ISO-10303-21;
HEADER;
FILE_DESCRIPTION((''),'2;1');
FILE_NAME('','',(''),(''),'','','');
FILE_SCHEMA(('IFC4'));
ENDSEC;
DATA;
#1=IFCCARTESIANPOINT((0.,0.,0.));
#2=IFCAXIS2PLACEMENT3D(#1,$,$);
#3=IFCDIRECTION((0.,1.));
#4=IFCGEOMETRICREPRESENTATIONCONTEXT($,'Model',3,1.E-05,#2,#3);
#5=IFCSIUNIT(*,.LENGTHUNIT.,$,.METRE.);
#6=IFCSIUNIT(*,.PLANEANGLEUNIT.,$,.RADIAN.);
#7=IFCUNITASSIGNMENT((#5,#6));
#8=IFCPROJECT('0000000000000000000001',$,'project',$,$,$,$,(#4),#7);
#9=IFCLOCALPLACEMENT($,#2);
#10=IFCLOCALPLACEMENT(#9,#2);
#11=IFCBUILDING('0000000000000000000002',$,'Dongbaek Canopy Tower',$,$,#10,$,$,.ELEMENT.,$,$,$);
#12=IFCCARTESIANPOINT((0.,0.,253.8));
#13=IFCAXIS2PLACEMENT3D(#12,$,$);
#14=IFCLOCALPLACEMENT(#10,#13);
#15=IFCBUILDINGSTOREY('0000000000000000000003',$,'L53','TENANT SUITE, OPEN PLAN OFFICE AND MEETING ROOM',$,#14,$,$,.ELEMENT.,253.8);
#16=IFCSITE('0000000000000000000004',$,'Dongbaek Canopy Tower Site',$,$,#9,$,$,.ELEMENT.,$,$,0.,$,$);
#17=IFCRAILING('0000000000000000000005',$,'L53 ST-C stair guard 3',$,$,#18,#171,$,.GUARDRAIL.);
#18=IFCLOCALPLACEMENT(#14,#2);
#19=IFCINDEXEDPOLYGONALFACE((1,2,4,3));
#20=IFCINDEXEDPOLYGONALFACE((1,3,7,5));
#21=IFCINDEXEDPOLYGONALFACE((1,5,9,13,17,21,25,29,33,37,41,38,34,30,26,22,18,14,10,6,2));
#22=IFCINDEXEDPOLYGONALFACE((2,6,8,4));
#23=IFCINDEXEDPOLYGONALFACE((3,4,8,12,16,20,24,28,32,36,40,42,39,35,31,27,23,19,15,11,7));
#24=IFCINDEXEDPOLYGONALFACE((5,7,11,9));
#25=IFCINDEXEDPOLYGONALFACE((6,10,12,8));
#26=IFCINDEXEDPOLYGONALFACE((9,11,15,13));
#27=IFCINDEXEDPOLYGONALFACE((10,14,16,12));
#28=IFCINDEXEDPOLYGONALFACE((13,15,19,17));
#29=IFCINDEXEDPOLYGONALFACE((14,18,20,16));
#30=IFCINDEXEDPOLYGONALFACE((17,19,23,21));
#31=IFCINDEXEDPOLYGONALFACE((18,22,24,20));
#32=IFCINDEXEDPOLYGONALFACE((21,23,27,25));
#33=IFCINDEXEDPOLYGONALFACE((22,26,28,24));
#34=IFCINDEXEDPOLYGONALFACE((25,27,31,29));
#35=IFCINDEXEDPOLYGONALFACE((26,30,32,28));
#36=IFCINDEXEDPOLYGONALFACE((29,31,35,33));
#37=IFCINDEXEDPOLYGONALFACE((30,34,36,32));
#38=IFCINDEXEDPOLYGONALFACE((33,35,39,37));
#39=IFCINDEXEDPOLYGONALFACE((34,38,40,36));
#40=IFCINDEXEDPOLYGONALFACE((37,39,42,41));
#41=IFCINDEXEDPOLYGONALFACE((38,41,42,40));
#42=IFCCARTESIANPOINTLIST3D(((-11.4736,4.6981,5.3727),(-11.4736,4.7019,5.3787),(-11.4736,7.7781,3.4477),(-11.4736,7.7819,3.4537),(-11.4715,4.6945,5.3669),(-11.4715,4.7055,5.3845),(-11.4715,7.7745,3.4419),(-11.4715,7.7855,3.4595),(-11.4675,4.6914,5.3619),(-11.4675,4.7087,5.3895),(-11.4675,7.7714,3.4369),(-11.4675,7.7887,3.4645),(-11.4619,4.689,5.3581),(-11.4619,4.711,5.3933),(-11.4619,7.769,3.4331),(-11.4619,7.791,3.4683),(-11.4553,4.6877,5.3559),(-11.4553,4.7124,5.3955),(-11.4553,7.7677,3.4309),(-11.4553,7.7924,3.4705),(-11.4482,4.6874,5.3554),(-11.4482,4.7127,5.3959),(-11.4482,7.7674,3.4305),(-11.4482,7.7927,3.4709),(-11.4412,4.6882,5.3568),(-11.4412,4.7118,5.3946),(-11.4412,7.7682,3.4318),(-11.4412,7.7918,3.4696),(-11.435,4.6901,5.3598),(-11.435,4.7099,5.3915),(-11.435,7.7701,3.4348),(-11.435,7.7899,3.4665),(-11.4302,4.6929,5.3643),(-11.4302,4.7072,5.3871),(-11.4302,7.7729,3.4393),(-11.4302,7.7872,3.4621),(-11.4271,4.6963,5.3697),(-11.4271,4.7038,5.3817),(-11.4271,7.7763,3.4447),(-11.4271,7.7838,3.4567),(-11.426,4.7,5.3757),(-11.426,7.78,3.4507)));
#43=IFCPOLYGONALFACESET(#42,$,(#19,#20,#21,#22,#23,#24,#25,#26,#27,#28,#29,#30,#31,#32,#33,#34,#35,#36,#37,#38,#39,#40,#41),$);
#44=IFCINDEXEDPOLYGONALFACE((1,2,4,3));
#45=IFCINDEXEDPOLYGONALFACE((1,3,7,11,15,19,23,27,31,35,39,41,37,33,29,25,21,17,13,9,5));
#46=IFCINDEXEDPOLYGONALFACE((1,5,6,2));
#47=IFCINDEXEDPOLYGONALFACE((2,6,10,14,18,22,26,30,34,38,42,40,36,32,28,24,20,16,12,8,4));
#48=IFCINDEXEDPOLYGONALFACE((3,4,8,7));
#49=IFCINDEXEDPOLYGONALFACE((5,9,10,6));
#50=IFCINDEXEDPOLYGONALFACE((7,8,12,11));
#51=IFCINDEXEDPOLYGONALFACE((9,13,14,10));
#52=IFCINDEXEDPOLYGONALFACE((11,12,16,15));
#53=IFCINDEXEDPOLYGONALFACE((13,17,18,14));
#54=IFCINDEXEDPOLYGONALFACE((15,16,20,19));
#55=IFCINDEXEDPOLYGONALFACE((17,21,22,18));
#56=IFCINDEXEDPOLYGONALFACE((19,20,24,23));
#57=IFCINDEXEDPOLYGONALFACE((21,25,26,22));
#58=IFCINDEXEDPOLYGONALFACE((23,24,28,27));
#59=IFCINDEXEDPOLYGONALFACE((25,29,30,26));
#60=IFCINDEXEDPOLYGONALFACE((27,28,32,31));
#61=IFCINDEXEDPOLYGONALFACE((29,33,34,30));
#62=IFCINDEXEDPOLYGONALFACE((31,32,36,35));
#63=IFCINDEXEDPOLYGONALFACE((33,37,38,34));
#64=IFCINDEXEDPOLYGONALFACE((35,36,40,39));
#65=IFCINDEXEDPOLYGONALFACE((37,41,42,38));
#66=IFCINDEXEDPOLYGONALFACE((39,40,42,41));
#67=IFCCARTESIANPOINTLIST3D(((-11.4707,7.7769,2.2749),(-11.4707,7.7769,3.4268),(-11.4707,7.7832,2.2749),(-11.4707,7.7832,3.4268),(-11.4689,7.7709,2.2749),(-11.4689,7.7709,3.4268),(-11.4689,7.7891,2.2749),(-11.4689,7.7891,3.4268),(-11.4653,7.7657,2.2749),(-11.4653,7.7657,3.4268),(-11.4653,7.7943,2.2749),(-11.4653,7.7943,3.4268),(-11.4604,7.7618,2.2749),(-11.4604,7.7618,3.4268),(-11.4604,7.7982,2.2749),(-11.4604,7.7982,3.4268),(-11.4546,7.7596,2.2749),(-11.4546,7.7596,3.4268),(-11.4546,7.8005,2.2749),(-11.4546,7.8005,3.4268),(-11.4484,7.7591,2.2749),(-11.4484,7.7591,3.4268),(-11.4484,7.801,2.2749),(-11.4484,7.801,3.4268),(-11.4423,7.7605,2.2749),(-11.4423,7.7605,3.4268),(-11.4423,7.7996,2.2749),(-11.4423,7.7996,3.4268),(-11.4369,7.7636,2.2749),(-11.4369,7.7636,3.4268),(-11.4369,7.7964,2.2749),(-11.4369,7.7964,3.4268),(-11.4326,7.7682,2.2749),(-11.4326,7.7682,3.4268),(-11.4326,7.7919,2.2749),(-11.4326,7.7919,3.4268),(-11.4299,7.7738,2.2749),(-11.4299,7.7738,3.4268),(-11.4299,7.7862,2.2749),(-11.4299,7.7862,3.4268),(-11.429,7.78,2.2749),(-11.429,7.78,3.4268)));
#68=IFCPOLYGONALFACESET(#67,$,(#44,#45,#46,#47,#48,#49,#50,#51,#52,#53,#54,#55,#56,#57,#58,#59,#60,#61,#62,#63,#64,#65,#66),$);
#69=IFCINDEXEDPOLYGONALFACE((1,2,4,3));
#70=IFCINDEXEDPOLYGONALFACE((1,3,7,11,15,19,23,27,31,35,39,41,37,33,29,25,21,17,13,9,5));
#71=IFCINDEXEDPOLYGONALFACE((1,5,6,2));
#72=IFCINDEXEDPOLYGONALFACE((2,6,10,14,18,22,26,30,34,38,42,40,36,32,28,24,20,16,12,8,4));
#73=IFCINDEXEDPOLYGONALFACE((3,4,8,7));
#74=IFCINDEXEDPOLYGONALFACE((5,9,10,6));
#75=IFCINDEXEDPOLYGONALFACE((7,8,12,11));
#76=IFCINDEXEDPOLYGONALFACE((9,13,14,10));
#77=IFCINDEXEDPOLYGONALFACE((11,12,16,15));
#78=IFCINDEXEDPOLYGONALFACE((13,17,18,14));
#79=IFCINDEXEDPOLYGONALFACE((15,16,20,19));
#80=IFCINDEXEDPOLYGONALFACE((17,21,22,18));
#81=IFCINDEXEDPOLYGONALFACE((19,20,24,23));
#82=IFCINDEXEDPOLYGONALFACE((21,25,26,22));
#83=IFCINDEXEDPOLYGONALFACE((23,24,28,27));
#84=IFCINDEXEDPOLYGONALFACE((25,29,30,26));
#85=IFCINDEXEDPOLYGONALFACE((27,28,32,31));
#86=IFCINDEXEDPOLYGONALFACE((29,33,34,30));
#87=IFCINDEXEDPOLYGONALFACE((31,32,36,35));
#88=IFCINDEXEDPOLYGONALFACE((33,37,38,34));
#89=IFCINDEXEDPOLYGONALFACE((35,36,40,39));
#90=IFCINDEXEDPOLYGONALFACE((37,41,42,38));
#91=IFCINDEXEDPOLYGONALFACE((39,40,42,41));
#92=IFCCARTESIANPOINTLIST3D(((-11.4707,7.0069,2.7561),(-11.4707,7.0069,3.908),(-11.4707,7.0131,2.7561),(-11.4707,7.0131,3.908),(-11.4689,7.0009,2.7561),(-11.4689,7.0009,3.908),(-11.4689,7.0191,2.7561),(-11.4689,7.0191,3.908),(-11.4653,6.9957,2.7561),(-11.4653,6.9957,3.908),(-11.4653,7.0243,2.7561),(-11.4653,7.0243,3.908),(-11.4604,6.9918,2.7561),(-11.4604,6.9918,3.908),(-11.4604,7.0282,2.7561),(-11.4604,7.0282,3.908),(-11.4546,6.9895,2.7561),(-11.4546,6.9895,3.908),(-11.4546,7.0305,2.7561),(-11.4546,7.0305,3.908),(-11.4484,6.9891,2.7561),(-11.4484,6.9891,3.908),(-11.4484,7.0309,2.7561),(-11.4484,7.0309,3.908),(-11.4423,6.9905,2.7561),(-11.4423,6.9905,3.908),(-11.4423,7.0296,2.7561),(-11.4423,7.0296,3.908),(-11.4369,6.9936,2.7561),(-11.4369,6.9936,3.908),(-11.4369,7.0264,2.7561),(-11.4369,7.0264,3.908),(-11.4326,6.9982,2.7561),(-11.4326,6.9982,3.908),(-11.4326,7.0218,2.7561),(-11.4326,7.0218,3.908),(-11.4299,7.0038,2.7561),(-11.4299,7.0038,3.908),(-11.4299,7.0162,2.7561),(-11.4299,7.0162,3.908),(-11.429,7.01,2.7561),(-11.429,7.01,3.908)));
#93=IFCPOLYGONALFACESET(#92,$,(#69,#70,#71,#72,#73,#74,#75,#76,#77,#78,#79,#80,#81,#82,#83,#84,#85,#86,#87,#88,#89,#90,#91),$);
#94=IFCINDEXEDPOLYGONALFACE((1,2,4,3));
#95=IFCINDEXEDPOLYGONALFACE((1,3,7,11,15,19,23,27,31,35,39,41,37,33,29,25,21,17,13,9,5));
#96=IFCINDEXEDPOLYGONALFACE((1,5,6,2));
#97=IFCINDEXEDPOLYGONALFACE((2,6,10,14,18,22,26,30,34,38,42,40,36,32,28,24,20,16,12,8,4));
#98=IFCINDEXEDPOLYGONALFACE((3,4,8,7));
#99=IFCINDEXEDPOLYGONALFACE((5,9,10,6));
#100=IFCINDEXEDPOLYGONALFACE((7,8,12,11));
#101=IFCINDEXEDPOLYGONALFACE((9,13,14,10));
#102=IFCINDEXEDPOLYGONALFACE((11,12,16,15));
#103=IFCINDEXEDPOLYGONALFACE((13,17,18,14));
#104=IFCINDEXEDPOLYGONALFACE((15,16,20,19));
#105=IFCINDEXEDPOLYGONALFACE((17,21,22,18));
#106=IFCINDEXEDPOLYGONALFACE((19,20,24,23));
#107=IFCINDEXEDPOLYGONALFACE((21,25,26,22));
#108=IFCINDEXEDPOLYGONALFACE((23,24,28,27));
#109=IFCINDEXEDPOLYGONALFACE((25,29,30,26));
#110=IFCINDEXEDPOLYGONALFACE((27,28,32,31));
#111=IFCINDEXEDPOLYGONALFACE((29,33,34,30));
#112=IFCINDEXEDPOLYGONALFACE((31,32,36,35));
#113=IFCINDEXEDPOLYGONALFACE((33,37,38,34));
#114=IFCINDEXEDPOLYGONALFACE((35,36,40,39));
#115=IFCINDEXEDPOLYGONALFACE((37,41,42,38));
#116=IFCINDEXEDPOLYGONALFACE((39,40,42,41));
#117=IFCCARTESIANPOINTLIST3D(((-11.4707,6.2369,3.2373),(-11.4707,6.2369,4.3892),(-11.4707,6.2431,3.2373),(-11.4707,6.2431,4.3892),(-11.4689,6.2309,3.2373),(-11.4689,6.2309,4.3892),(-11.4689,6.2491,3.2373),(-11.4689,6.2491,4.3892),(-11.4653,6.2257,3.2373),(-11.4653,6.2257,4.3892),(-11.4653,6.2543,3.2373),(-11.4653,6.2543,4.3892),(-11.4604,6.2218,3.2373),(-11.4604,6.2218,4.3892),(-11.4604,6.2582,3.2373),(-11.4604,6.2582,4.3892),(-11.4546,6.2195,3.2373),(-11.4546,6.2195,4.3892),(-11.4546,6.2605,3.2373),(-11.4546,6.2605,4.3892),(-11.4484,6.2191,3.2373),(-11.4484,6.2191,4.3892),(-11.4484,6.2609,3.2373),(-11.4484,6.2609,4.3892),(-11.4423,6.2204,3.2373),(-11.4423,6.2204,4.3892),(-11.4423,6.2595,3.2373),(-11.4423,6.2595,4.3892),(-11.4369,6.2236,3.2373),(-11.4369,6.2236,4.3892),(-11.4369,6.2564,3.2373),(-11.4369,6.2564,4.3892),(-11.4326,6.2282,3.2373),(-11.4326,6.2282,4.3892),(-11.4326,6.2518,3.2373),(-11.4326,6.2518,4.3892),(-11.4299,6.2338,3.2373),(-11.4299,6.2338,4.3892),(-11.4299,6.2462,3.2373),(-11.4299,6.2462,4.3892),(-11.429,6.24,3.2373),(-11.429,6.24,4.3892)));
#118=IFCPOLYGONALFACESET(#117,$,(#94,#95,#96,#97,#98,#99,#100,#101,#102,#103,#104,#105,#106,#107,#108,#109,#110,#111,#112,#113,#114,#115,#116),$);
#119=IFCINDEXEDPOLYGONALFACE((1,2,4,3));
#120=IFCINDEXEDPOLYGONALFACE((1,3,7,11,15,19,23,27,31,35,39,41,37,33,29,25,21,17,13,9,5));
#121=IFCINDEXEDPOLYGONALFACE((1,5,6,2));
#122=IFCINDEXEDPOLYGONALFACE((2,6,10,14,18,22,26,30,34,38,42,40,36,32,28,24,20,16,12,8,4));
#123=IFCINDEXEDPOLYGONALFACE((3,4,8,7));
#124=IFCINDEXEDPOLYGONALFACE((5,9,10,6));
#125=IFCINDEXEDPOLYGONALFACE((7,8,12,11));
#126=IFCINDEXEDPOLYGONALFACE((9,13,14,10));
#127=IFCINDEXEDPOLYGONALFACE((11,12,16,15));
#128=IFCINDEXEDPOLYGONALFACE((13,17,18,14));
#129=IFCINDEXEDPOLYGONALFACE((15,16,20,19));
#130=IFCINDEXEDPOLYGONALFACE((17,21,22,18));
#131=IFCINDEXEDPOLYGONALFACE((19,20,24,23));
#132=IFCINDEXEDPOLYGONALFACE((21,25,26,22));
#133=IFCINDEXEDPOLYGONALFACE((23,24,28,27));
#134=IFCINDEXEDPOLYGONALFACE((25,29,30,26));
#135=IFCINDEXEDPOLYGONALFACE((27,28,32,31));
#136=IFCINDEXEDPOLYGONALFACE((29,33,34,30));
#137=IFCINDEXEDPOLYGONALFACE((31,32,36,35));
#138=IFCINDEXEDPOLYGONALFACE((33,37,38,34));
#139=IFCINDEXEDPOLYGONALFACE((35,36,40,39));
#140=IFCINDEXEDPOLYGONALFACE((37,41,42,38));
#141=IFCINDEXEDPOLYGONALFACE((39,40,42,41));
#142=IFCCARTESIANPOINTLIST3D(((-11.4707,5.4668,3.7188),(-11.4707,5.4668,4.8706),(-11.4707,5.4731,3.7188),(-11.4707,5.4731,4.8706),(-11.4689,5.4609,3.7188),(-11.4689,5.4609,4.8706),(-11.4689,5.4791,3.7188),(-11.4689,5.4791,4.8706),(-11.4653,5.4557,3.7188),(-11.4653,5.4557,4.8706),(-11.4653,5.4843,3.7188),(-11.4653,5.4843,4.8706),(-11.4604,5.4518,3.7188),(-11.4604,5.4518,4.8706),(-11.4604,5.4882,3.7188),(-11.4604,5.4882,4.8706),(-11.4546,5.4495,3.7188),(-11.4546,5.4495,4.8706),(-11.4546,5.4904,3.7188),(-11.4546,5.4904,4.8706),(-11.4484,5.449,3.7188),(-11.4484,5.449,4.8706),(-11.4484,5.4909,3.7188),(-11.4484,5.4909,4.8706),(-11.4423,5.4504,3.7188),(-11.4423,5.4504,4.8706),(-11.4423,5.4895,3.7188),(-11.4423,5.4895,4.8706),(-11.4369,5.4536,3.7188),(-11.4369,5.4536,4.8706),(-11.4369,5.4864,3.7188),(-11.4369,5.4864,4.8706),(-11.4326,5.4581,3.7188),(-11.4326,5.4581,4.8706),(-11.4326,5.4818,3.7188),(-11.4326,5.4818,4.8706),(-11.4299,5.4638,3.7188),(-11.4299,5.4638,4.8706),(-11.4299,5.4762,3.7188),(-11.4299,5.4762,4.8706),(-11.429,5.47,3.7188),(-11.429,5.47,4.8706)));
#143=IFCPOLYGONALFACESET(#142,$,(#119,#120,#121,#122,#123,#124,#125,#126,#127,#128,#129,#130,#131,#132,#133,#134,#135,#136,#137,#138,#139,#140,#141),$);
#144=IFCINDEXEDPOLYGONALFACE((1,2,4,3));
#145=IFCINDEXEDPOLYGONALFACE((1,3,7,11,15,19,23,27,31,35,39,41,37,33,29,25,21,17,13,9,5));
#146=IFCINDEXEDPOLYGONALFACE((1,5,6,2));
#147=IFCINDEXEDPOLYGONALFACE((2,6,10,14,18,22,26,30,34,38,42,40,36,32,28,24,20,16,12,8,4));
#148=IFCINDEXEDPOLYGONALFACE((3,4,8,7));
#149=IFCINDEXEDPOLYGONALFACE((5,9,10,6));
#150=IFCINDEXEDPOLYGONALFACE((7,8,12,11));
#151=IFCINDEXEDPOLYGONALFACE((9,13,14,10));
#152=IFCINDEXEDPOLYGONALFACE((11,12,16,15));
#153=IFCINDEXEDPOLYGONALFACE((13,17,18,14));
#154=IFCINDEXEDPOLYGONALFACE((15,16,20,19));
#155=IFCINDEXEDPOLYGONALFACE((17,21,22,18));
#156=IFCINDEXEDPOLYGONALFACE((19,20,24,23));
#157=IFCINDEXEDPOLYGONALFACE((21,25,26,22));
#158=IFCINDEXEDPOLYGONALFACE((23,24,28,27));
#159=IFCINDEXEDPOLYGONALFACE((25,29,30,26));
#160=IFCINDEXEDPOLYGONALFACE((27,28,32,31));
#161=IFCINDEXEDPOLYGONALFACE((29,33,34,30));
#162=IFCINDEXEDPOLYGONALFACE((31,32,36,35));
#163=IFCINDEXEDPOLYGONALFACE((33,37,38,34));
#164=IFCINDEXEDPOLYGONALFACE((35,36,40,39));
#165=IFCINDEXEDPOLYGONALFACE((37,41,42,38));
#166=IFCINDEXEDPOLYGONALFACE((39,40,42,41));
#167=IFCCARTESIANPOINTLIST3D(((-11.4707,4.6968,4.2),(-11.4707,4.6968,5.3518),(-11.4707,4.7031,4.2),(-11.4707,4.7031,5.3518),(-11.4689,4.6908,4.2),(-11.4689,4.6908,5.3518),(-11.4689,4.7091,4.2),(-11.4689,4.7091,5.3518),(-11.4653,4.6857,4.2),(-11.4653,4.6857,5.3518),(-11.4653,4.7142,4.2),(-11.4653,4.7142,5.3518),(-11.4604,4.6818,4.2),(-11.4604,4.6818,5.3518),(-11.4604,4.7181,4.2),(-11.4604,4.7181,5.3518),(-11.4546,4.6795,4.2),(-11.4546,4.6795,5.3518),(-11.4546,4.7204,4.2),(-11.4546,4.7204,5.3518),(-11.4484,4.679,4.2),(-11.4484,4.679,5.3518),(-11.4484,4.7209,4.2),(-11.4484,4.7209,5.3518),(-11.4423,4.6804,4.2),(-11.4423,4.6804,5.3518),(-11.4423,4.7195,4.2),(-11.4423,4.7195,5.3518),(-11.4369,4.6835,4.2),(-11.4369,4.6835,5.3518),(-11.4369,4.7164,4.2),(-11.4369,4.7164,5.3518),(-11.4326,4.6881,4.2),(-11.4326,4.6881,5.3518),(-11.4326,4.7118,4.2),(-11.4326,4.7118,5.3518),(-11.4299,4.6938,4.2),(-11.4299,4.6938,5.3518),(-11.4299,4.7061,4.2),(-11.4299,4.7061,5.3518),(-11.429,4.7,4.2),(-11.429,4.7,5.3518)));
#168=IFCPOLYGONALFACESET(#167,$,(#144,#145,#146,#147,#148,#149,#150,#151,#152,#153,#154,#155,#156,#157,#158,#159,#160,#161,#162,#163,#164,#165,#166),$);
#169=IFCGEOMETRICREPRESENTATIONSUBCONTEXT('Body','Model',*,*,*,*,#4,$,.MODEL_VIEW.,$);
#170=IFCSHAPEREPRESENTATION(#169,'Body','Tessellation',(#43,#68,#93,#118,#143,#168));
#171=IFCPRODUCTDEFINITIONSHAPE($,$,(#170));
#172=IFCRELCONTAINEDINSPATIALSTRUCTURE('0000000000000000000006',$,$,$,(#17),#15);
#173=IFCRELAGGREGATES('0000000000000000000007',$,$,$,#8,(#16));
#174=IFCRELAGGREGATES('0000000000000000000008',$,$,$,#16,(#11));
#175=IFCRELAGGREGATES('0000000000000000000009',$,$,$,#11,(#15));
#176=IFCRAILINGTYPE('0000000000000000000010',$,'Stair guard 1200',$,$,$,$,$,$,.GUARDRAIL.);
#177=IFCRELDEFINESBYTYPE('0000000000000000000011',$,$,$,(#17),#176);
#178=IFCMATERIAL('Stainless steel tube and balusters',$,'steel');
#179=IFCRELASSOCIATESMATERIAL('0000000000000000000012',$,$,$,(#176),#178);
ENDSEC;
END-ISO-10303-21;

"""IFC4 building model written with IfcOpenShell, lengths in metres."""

from ifc_helpers import new_model, si_unit, direction, frame, origin, origin_2d, place, context, subcontext, project, spatial, circle, extrude, material, type_object, element, save


model = new_model("IFC4")

# Units and contexts
model_context = context("Model", 3, precision=1e-05, world=origin(), true_north=direction((0.0, 1.0)))
body_context = subcontext(model_context, "Body", "Model", "MODEL_VIEW")
ifc_project = project(units=[si_unit("LENGTHUNIT", "METRE"), si_unit("PLANEANGLEUNIT", "RADIAN")], contexts=[model_context])

# Site, building, storey
site_placement = place(None, origin())
site = spatial("IfcSite", under=ifc_project, at=site_placement, Name="Dongbaek Canopy Tower Site", CompositionType="ELEMENT", RefElevation=0.0)
building_placement = place(site_placement, origin())
building = spatial("IfcBuilding", under=site, at=building_placement, Name="Dongbaek Canopy Tower", CompositionType="ELEMENT")
storey_placement = place(building_placement, frame((0.0, 0.0, 253.8)))
storey = spatial("IfcBuildingStorey", under=building, at=storey_placement, Name="L53", Description="TENANT SUITE, OPEN PLAN OFFICE AND MEETING ROOM", CompositionType="ELEMENT", Elevation=253.8)

# Railing
ifc_material_1 = material(Name="Stainless steel tube and balusters", Category="steel")
railing_type_1 = type_object("IfcRailingType", Name="Stair guard 1200", PredefinedType="GUARDRAIL", material=ifc_material_1)
railing_1_placement = place(storey_placement, frame((-11.45, 7.78, 2.2749)))
element("IfcRailing", 1, at=railing_1_placement, inside=storey, type_object=railing_type_1, Name="L53 ST-C stair guard 3", PredefinedType="GUARDRAIL", context=body_context, shape_type="SweptSolid", body=[
    extrude(circle(Radius=0.0239, at=origin_2d()), frame((0.0, 0.0, 1.1758), z_axis=(0.0, -0.847998, 0.529999), x_axis=(1.0, 0.0, 0.0)), (0.0, 0.0, 1.0), 3.6321),
    extrude(circle(Radius=0.021, at=origin_2d()), origin(), (0.0, 0.0, 1.0), 1.1519),
    extrude(circle(Radius=0.021, at=origin_2d()), frame((0.0, -0.77, 0.4812)), (0.0, 0.0, 1.0), 1.1519),
    extrude(circle(Radius=0.021, at=origin_2d()), frame((0.0, -1.54, 0.9624)), (0.0, 0.0, 1.0), 1.1519),
    extrude(circle(Radius=0.021, at=origin_2d()), frame((0.0, -2.3101, 1.4438)), (0.0, 0.0, 1.0), 1.1519),
    extrude(circle(Radius=0.021, at=origin_2d()), frame((0.0, -3.0801, 1.925)), (0.0, 0.0, 1.0), 1.1519),
])

save(model, "model.ifc")
